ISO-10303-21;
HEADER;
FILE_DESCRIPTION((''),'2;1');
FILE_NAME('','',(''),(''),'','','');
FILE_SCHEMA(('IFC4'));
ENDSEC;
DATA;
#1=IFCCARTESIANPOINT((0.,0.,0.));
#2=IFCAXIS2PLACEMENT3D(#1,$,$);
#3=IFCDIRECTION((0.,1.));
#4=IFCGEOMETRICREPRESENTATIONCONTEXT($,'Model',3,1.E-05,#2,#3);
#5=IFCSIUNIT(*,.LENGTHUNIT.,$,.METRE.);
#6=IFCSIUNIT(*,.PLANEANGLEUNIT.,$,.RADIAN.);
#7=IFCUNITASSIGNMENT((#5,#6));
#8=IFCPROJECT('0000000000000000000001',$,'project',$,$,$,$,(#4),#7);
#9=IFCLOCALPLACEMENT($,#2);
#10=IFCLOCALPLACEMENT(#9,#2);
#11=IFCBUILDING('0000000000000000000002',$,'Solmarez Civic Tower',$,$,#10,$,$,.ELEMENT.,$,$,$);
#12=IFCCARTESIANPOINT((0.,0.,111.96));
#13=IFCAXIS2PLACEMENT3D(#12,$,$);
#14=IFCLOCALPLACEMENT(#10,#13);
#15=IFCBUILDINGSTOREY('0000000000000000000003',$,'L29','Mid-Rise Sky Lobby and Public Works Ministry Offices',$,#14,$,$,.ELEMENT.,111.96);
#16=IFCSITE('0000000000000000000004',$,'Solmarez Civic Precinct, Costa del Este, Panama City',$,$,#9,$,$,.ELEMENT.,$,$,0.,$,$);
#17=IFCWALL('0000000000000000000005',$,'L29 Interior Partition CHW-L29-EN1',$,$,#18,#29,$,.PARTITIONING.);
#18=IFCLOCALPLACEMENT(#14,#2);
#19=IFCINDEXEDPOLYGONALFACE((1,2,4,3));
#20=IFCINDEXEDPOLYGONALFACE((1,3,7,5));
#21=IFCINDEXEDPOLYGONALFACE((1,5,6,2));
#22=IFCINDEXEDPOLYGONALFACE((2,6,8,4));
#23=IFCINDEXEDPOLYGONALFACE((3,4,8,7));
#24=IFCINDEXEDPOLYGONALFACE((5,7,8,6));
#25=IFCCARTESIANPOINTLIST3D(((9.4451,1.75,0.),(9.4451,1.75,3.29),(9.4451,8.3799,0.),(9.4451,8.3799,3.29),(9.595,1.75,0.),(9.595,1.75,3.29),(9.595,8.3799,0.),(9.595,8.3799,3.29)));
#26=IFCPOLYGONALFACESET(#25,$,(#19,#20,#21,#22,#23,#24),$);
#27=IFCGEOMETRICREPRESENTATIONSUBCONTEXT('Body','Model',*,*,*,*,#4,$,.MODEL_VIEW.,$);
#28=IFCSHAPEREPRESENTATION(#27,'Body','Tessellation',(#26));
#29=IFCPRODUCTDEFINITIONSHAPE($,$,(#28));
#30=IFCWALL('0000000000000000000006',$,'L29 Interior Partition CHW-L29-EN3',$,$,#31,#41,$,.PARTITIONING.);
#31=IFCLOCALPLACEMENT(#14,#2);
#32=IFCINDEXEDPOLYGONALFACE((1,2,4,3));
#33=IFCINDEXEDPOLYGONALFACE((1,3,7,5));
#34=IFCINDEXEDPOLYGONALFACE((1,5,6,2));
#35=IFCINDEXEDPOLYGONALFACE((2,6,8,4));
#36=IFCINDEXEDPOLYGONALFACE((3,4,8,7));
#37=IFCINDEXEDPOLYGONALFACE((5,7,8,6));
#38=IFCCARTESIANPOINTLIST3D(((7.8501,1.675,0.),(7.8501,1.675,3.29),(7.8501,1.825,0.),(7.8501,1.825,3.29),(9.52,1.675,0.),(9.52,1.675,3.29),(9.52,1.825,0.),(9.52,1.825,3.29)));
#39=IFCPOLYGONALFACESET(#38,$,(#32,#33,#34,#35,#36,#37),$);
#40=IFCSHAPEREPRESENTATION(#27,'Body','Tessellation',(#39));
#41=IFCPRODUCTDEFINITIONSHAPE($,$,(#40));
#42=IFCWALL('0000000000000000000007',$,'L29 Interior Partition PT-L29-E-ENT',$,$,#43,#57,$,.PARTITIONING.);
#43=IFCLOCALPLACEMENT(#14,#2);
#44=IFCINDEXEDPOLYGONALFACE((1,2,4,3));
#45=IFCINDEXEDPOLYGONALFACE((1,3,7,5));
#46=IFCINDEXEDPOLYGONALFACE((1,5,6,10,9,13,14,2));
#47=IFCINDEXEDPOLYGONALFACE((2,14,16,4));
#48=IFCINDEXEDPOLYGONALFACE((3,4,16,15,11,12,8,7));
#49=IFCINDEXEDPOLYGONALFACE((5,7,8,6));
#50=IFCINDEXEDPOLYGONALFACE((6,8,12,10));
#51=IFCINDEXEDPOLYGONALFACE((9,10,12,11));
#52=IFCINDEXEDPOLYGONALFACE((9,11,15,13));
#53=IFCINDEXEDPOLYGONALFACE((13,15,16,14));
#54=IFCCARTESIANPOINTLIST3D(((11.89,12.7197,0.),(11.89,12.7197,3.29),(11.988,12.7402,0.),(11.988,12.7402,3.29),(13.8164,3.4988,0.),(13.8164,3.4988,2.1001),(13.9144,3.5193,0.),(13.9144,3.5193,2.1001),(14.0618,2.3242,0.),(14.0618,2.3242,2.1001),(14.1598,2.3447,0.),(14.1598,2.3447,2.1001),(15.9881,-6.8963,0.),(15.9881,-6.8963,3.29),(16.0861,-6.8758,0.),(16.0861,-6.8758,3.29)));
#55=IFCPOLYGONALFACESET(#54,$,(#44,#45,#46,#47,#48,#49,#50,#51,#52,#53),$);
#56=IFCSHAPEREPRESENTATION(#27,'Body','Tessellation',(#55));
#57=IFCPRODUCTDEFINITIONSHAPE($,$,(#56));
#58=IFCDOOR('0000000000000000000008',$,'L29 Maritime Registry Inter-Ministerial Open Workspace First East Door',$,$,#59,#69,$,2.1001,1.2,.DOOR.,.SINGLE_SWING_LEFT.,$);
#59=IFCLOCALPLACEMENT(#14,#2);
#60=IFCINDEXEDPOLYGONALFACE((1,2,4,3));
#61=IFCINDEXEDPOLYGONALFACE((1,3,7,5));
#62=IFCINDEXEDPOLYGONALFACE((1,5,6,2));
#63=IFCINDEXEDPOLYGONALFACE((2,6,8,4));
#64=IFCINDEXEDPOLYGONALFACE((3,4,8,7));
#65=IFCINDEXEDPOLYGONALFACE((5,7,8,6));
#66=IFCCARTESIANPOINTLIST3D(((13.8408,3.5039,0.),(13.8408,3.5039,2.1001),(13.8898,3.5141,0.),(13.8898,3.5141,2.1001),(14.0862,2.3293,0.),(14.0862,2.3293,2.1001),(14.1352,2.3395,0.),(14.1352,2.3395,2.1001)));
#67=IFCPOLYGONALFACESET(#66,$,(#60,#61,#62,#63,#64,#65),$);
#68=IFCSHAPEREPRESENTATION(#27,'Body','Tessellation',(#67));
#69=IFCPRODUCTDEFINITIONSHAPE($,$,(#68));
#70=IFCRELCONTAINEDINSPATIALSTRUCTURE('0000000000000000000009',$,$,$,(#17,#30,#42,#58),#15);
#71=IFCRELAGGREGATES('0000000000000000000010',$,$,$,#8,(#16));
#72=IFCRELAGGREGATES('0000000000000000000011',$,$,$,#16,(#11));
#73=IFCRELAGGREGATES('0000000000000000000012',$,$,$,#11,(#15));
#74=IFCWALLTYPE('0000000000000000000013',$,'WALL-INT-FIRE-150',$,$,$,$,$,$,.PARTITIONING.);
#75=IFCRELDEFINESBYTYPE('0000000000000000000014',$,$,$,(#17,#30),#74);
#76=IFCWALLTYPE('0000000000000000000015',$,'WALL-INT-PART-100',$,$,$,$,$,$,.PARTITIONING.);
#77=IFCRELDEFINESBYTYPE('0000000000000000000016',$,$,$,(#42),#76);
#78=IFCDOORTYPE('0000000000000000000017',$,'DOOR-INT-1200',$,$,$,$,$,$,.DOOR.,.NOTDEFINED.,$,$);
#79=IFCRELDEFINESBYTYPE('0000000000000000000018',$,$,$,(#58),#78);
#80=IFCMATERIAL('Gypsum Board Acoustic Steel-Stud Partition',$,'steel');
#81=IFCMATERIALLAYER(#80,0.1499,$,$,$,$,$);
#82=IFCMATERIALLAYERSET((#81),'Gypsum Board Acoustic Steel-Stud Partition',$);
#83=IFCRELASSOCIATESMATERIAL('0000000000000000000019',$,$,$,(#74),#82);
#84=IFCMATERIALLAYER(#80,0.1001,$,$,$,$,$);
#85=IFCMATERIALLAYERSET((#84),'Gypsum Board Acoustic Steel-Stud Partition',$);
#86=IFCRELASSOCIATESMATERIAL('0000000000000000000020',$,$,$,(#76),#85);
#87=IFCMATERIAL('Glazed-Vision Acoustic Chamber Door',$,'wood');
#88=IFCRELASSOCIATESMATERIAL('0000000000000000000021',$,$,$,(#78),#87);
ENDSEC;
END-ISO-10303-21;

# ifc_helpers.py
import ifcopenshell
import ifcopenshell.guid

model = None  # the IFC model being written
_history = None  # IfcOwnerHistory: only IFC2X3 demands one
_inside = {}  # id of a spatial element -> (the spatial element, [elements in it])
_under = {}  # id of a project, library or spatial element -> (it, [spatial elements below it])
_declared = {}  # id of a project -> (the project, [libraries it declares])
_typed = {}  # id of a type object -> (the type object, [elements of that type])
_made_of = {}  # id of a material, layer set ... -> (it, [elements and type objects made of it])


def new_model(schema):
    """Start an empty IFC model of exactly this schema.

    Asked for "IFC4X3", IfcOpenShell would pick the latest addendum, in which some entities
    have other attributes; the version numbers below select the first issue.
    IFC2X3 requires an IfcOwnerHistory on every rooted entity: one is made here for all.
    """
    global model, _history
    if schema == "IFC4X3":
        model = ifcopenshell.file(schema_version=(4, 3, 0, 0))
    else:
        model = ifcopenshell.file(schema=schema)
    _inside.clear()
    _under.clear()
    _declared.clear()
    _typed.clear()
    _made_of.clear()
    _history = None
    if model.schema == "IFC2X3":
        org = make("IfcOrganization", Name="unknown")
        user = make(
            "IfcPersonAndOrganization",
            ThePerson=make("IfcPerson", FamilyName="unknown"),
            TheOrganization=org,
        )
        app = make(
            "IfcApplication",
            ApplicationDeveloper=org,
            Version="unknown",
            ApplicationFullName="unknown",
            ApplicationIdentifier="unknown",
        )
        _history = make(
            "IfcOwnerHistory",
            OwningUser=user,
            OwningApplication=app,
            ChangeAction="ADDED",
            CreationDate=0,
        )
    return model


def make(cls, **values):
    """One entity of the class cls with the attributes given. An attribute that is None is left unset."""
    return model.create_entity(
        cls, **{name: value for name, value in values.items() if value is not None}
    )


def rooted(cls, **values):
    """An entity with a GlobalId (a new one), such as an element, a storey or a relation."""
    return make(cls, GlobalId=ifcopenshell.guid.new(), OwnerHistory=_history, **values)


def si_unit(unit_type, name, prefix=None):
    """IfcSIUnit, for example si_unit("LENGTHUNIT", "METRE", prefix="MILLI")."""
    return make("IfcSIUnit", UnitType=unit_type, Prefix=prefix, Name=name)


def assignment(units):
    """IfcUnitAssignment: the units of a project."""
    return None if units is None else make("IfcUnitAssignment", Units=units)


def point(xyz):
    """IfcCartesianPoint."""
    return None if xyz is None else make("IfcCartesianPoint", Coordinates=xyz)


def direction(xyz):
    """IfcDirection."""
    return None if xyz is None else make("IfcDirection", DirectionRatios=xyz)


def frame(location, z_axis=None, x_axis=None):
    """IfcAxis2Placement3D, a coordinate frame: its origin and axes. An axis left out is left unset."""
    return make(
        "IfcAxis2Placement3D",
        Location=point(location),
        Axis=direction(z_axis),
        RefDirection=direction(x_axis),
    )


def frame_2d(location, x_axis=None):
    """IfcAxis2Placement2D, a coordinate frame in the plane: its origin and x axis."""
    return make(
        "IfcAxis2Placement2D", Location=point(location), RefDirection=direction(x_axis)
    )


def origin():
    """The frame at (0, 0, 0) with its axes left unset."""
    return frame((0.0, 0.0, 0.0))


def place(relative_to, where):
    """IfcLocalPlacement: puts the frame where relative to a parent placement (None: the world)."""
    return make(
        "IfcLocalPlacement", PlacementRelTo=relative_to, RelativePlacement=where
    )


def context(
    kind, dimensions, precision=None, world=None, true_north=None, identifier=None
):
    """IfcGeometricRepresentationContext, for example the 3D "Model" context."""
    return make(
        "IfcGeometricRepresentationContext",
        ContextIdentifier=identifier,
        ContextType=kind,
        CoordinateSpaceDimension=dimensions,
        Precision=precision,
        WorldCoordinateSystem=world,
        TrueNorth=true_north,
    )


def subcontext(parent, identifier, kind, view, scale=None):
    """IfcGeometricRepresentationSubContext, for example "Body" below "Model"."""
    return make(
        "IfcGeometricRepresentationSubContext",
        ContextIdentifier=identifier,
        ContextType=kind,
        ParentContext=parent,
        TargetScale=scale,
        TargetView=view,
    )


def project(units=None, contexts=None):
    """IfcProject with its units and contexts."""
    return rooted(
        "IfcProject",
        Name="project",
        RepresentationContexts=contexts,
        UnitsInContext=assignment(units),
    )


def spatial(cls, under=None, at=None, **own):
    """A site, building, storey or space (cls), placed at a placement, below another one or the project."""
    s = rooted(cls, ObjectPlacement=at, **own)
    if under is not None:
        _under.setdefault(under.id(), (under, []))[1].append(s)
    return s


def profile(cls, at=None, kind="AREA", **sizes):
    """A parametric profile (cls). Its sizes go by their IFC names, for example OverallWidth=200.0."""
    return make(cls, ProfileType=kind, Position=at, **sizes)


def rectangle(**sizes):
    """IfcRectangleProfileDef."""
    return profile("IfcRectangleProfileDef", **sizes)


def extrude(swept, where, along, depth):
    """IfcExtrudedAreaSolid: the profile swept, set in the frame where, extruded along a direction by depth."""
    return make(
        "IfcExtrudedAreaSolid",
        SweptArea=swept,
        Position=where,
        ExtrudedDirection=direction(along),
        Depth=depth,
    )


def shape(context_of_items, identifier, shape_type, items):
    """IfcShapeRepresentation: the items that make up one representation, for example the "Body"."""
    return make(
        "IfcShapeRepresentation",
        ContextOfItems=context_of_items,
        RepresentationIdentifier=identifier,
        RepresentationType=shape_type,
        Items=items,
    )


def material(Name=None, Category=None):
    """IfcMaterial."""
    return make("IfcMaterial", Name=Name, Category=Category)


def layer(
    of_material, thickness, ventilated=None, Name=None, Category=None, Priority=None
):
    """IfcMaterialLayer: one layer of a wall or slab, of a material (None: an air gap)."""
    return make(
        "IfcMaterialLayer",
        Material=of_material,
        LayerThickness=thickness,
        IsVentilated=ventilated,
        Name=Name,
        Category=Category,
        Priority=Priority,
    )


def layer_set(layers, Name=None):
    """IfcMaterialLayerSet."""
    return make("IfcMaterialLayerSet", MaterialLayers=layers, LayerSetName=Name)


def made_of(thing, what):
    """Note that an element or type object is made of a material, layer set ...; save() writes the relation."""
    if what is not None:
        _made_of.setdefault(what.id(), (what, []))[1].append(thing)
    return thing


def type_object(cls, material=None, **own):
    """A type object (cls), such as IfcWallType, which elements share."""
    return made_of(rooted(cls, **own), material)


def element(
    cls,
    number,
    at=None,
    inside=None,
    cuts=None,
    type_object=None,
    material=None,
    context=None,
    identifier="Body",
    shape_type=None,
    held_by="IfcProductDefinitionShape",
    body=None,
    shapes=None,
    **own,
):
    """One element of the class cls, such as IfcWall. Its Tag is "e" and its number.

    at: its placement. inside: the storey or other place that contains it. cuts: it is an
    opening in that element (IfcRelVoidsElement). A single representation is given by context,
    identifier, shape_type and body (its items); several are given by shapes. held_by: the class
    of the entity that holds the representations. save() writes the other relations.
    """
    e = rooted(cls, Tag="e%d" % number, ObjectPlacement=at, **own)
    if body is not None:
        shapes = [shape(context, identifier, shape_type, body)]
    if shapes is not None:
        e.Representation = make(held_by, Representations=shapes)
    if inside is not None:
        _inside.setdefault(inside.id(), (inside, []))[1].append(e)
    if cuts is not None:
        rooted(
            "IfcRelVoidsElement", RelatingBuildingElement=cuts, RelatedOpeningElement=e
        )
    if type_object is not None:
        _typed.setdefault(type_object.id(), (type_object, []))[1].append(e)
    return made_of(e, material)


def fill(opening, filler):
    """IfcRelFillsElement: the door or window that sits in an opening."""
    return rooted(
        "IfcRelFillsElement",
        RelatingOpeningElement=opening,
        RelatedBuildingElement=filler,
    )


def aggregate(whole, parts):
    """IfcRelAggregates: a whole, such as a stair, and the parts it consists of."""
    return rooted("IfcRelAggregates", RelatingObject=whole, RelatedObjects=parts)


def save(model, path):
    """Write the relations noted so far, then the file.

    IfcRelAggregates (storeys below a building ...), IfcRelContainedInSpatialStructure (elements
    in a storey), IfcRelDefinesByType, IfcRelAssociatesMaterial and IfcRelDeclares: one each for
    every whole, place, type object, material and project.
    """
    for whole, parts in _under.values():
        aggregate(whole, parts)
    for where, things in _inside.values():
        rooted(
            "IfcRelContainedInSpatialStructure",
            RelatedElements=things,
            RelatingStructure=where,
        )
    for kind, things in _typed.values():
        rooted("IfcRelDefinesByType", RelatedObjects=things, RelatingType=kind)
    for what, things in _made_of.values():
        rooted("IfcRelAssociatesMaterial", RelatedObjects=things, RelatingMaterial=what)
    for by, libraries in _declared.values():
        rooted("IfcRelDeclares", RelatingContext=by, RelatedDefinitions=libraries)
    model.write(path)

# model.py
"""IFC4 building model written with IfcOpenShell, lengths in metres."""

from ifc_helpers import new_model, si_unit, direction, frame, frame_2d, origin, place, context, subcontext, project, spatial, rectangle, extrude, material, layer, layer_set, type_object, element, fill, save


model = new_model("IFC4")

# Units and contexts
model_context = context("Model", 3, precision=1e-05, world=origin(), true_north=direction((0.0, 1.0)))
body_context = subcontext(model_context, "Body", "Model", "MODEL_VIEW")
ifc_project = project(units=[si_unit("LENGTHUNIT", "METRE"), si_unit("PLANEANGLEUNIT", "RADIAN")], contexts=[model_context])

# Site, building, storey
site_placement = place(None, origin())
site = spatial("IfcSite", under=ifc_project, at=site_placement, Name="Solmarez Civic Precinct, Costa del Este, Panama City", CompositionType="ELEMENT", RefElevation=0.0)
building_placement = place(site_placement, origin())
building = spatial("IfcBuilding", under=site, at=building_placement, Name="Solmarez Civic Tower", CompositionType="ELEMENT")
storey_placement = place(building_placement, frame((0.0, 0.0, 111.96)))
storey = spatial("IfcBuildingStorey", under=building, at=storey_placement, Name="L29", Description="Mid-Rise Sky Lobby and Public Works Ministry Offices", CompositionType="ELEMENT", Elevation=111.96)

# Walls
ifc_material_1 = material(Name="Gypsum Board Acoustic Steel-Stud Partition", Category="steel")
ifc_layer_1 = layer(ifc_material_1, 0.1499)
ifc_layer_set_1 = layer_set([ifc_layer_1], Name="Gypsum Board Acoustic Steel-Stud Partition")
wall_type_1 = type_object("IfcWallType", Name="WALL-INT-FIRE-150", PredefinedType="PARTITIONING", material=ifc_layer_set_1)
wall_1_placement = place(storey_placement, frame((9.52, 1.75, 0.0), z_axis=(0.0, 0.0, 1.0), x_axis=(0.0, 1.0, 0.0)))
element("IfcWall", 1, at=wall_1_placement, inside=storey, type_object=wall_type_1, Name="L29 Interior Partition CHW-L29-EN1", PredefinedType="PARTITIONING", context=body_context, shape_type="SweptSolid", body=[
    extrude(rectangle(XDim=6.6299, YDim=0.1499, at=frame_2d((3.3149, 0.0))), origin(), (0.0, 0.0, 1.0), 3.29),
])
wall_2_placement = place(storey_placement, frame((7.8501, 1.75, 0.0), z_axis=(0.0, 0.0, 1.0), x_axis=(1.0, 0.0, 0.0)))
element("IfcWall", 2, at=wall_2_placement, inside=storey, type_object=wall_type_1, Name="L29 Interior Partition CHW-L29-EN3", PredefinedType="PARTITIONING", context=body_context, shape_type="SweptSolid", body=[
    extrude(rectangle(XDim=1.6699, YDim=0.1499, at=frame_2d((0.835, 0.0))), origin(), (0.0, 0.0, 1.0), 3.29),
])

# Wall, opening, door
ifc_layer_2 = layer(ifc_material_1, 0.1001)
ifc_layer_set_2 = layer_set([ifc_layer_2], Name="Gypsum Board Acoustic Steel-Stud Partition")
wall_type_2 = type_object("IfcWallType", Name="WALL-INT-PART-100", PredefinedType="PARTITIONING", material=ifc_layer_set_2)
wall_3_placement = place(storey_placement, frame((11.939, 12.73, 0.0), z_axis=(0.0, 0.0, 1.0), x_axis=(0.204503, -0.978866, 0.0)))
wall_3 = element("IfcWall", 3, at=wall_3_placement, inside=storey, type_object=wall_type_2, Name="L29 Interior Partition PT-L29-E-ENT", PredefinedType="PARTITIONING", context=body_context, shape_type="SweptSolid", body=[
    extrude(rectangle(XDim=20.0396, YDim=0.1001, at=frame_2d((10.0198, 0.0))), origin(), (0.0, 0.0, 1.0), 3.29),
])
opening_1_placement = place(wall_3_placement, frame((9.4199, 0.0, 0.0)))
opening_1 = element("IfcOpeningElement", 4, at=opening_1_placement, cuts=wall_3, PredefinedType="OPENING", context=body_context, shape_type="SweptSolid", body=[
    extrude(rectangle(XDim=1.2, YDim=2.1001, at=frame_2d((0.6001, 1.05))), frame((0.0, 0.0601, 0.0), z_axis=(0.0, -1.0, 0.0), x_axis=(1.0, 0.0, 0.0)), (0.0, 0.0, 1.0), 0.1201),
])
ifc_material_2 = material(Name="Glazed-Vision Acoustic Chamber Door", Category="wood")
door_type_1 = type_object("IfcDoorType", Name="DOOR-INT-1200", OperationType="NOTDEFINED", PredefinedType="DOOR", material=ifc_material_2)
door_1_placement = place(opening_1_placement, origin())
door_1 = element("IfcDoor", 5, at=door_1_placement, inside=storey, type_object=door_type_1, Name="L29 Maritime Registry Inter-Ministerial Open Workspace First East Door", OperationType="SINGLE_SWING_LEFT", OverallHeight=2.1001, OverallWidth=1.2, PredefinedType="DOOR", context=body_context, shape_type="SweptSolid", body=[
    extrude(rectangle(XDim=1.2, YDim=2.1001, at=frame_2d((0.6001, 1.05))), frame((0.0, 0.0249, 0.0), z_axis=(0.0, -1.0, 0.0), x_axis=(1.0, 0.0, 0.0)), (0.0, 0.0, 1.0), 0.05),
])
fill(opening_1, door_1)

save(model, "model.ifc")
